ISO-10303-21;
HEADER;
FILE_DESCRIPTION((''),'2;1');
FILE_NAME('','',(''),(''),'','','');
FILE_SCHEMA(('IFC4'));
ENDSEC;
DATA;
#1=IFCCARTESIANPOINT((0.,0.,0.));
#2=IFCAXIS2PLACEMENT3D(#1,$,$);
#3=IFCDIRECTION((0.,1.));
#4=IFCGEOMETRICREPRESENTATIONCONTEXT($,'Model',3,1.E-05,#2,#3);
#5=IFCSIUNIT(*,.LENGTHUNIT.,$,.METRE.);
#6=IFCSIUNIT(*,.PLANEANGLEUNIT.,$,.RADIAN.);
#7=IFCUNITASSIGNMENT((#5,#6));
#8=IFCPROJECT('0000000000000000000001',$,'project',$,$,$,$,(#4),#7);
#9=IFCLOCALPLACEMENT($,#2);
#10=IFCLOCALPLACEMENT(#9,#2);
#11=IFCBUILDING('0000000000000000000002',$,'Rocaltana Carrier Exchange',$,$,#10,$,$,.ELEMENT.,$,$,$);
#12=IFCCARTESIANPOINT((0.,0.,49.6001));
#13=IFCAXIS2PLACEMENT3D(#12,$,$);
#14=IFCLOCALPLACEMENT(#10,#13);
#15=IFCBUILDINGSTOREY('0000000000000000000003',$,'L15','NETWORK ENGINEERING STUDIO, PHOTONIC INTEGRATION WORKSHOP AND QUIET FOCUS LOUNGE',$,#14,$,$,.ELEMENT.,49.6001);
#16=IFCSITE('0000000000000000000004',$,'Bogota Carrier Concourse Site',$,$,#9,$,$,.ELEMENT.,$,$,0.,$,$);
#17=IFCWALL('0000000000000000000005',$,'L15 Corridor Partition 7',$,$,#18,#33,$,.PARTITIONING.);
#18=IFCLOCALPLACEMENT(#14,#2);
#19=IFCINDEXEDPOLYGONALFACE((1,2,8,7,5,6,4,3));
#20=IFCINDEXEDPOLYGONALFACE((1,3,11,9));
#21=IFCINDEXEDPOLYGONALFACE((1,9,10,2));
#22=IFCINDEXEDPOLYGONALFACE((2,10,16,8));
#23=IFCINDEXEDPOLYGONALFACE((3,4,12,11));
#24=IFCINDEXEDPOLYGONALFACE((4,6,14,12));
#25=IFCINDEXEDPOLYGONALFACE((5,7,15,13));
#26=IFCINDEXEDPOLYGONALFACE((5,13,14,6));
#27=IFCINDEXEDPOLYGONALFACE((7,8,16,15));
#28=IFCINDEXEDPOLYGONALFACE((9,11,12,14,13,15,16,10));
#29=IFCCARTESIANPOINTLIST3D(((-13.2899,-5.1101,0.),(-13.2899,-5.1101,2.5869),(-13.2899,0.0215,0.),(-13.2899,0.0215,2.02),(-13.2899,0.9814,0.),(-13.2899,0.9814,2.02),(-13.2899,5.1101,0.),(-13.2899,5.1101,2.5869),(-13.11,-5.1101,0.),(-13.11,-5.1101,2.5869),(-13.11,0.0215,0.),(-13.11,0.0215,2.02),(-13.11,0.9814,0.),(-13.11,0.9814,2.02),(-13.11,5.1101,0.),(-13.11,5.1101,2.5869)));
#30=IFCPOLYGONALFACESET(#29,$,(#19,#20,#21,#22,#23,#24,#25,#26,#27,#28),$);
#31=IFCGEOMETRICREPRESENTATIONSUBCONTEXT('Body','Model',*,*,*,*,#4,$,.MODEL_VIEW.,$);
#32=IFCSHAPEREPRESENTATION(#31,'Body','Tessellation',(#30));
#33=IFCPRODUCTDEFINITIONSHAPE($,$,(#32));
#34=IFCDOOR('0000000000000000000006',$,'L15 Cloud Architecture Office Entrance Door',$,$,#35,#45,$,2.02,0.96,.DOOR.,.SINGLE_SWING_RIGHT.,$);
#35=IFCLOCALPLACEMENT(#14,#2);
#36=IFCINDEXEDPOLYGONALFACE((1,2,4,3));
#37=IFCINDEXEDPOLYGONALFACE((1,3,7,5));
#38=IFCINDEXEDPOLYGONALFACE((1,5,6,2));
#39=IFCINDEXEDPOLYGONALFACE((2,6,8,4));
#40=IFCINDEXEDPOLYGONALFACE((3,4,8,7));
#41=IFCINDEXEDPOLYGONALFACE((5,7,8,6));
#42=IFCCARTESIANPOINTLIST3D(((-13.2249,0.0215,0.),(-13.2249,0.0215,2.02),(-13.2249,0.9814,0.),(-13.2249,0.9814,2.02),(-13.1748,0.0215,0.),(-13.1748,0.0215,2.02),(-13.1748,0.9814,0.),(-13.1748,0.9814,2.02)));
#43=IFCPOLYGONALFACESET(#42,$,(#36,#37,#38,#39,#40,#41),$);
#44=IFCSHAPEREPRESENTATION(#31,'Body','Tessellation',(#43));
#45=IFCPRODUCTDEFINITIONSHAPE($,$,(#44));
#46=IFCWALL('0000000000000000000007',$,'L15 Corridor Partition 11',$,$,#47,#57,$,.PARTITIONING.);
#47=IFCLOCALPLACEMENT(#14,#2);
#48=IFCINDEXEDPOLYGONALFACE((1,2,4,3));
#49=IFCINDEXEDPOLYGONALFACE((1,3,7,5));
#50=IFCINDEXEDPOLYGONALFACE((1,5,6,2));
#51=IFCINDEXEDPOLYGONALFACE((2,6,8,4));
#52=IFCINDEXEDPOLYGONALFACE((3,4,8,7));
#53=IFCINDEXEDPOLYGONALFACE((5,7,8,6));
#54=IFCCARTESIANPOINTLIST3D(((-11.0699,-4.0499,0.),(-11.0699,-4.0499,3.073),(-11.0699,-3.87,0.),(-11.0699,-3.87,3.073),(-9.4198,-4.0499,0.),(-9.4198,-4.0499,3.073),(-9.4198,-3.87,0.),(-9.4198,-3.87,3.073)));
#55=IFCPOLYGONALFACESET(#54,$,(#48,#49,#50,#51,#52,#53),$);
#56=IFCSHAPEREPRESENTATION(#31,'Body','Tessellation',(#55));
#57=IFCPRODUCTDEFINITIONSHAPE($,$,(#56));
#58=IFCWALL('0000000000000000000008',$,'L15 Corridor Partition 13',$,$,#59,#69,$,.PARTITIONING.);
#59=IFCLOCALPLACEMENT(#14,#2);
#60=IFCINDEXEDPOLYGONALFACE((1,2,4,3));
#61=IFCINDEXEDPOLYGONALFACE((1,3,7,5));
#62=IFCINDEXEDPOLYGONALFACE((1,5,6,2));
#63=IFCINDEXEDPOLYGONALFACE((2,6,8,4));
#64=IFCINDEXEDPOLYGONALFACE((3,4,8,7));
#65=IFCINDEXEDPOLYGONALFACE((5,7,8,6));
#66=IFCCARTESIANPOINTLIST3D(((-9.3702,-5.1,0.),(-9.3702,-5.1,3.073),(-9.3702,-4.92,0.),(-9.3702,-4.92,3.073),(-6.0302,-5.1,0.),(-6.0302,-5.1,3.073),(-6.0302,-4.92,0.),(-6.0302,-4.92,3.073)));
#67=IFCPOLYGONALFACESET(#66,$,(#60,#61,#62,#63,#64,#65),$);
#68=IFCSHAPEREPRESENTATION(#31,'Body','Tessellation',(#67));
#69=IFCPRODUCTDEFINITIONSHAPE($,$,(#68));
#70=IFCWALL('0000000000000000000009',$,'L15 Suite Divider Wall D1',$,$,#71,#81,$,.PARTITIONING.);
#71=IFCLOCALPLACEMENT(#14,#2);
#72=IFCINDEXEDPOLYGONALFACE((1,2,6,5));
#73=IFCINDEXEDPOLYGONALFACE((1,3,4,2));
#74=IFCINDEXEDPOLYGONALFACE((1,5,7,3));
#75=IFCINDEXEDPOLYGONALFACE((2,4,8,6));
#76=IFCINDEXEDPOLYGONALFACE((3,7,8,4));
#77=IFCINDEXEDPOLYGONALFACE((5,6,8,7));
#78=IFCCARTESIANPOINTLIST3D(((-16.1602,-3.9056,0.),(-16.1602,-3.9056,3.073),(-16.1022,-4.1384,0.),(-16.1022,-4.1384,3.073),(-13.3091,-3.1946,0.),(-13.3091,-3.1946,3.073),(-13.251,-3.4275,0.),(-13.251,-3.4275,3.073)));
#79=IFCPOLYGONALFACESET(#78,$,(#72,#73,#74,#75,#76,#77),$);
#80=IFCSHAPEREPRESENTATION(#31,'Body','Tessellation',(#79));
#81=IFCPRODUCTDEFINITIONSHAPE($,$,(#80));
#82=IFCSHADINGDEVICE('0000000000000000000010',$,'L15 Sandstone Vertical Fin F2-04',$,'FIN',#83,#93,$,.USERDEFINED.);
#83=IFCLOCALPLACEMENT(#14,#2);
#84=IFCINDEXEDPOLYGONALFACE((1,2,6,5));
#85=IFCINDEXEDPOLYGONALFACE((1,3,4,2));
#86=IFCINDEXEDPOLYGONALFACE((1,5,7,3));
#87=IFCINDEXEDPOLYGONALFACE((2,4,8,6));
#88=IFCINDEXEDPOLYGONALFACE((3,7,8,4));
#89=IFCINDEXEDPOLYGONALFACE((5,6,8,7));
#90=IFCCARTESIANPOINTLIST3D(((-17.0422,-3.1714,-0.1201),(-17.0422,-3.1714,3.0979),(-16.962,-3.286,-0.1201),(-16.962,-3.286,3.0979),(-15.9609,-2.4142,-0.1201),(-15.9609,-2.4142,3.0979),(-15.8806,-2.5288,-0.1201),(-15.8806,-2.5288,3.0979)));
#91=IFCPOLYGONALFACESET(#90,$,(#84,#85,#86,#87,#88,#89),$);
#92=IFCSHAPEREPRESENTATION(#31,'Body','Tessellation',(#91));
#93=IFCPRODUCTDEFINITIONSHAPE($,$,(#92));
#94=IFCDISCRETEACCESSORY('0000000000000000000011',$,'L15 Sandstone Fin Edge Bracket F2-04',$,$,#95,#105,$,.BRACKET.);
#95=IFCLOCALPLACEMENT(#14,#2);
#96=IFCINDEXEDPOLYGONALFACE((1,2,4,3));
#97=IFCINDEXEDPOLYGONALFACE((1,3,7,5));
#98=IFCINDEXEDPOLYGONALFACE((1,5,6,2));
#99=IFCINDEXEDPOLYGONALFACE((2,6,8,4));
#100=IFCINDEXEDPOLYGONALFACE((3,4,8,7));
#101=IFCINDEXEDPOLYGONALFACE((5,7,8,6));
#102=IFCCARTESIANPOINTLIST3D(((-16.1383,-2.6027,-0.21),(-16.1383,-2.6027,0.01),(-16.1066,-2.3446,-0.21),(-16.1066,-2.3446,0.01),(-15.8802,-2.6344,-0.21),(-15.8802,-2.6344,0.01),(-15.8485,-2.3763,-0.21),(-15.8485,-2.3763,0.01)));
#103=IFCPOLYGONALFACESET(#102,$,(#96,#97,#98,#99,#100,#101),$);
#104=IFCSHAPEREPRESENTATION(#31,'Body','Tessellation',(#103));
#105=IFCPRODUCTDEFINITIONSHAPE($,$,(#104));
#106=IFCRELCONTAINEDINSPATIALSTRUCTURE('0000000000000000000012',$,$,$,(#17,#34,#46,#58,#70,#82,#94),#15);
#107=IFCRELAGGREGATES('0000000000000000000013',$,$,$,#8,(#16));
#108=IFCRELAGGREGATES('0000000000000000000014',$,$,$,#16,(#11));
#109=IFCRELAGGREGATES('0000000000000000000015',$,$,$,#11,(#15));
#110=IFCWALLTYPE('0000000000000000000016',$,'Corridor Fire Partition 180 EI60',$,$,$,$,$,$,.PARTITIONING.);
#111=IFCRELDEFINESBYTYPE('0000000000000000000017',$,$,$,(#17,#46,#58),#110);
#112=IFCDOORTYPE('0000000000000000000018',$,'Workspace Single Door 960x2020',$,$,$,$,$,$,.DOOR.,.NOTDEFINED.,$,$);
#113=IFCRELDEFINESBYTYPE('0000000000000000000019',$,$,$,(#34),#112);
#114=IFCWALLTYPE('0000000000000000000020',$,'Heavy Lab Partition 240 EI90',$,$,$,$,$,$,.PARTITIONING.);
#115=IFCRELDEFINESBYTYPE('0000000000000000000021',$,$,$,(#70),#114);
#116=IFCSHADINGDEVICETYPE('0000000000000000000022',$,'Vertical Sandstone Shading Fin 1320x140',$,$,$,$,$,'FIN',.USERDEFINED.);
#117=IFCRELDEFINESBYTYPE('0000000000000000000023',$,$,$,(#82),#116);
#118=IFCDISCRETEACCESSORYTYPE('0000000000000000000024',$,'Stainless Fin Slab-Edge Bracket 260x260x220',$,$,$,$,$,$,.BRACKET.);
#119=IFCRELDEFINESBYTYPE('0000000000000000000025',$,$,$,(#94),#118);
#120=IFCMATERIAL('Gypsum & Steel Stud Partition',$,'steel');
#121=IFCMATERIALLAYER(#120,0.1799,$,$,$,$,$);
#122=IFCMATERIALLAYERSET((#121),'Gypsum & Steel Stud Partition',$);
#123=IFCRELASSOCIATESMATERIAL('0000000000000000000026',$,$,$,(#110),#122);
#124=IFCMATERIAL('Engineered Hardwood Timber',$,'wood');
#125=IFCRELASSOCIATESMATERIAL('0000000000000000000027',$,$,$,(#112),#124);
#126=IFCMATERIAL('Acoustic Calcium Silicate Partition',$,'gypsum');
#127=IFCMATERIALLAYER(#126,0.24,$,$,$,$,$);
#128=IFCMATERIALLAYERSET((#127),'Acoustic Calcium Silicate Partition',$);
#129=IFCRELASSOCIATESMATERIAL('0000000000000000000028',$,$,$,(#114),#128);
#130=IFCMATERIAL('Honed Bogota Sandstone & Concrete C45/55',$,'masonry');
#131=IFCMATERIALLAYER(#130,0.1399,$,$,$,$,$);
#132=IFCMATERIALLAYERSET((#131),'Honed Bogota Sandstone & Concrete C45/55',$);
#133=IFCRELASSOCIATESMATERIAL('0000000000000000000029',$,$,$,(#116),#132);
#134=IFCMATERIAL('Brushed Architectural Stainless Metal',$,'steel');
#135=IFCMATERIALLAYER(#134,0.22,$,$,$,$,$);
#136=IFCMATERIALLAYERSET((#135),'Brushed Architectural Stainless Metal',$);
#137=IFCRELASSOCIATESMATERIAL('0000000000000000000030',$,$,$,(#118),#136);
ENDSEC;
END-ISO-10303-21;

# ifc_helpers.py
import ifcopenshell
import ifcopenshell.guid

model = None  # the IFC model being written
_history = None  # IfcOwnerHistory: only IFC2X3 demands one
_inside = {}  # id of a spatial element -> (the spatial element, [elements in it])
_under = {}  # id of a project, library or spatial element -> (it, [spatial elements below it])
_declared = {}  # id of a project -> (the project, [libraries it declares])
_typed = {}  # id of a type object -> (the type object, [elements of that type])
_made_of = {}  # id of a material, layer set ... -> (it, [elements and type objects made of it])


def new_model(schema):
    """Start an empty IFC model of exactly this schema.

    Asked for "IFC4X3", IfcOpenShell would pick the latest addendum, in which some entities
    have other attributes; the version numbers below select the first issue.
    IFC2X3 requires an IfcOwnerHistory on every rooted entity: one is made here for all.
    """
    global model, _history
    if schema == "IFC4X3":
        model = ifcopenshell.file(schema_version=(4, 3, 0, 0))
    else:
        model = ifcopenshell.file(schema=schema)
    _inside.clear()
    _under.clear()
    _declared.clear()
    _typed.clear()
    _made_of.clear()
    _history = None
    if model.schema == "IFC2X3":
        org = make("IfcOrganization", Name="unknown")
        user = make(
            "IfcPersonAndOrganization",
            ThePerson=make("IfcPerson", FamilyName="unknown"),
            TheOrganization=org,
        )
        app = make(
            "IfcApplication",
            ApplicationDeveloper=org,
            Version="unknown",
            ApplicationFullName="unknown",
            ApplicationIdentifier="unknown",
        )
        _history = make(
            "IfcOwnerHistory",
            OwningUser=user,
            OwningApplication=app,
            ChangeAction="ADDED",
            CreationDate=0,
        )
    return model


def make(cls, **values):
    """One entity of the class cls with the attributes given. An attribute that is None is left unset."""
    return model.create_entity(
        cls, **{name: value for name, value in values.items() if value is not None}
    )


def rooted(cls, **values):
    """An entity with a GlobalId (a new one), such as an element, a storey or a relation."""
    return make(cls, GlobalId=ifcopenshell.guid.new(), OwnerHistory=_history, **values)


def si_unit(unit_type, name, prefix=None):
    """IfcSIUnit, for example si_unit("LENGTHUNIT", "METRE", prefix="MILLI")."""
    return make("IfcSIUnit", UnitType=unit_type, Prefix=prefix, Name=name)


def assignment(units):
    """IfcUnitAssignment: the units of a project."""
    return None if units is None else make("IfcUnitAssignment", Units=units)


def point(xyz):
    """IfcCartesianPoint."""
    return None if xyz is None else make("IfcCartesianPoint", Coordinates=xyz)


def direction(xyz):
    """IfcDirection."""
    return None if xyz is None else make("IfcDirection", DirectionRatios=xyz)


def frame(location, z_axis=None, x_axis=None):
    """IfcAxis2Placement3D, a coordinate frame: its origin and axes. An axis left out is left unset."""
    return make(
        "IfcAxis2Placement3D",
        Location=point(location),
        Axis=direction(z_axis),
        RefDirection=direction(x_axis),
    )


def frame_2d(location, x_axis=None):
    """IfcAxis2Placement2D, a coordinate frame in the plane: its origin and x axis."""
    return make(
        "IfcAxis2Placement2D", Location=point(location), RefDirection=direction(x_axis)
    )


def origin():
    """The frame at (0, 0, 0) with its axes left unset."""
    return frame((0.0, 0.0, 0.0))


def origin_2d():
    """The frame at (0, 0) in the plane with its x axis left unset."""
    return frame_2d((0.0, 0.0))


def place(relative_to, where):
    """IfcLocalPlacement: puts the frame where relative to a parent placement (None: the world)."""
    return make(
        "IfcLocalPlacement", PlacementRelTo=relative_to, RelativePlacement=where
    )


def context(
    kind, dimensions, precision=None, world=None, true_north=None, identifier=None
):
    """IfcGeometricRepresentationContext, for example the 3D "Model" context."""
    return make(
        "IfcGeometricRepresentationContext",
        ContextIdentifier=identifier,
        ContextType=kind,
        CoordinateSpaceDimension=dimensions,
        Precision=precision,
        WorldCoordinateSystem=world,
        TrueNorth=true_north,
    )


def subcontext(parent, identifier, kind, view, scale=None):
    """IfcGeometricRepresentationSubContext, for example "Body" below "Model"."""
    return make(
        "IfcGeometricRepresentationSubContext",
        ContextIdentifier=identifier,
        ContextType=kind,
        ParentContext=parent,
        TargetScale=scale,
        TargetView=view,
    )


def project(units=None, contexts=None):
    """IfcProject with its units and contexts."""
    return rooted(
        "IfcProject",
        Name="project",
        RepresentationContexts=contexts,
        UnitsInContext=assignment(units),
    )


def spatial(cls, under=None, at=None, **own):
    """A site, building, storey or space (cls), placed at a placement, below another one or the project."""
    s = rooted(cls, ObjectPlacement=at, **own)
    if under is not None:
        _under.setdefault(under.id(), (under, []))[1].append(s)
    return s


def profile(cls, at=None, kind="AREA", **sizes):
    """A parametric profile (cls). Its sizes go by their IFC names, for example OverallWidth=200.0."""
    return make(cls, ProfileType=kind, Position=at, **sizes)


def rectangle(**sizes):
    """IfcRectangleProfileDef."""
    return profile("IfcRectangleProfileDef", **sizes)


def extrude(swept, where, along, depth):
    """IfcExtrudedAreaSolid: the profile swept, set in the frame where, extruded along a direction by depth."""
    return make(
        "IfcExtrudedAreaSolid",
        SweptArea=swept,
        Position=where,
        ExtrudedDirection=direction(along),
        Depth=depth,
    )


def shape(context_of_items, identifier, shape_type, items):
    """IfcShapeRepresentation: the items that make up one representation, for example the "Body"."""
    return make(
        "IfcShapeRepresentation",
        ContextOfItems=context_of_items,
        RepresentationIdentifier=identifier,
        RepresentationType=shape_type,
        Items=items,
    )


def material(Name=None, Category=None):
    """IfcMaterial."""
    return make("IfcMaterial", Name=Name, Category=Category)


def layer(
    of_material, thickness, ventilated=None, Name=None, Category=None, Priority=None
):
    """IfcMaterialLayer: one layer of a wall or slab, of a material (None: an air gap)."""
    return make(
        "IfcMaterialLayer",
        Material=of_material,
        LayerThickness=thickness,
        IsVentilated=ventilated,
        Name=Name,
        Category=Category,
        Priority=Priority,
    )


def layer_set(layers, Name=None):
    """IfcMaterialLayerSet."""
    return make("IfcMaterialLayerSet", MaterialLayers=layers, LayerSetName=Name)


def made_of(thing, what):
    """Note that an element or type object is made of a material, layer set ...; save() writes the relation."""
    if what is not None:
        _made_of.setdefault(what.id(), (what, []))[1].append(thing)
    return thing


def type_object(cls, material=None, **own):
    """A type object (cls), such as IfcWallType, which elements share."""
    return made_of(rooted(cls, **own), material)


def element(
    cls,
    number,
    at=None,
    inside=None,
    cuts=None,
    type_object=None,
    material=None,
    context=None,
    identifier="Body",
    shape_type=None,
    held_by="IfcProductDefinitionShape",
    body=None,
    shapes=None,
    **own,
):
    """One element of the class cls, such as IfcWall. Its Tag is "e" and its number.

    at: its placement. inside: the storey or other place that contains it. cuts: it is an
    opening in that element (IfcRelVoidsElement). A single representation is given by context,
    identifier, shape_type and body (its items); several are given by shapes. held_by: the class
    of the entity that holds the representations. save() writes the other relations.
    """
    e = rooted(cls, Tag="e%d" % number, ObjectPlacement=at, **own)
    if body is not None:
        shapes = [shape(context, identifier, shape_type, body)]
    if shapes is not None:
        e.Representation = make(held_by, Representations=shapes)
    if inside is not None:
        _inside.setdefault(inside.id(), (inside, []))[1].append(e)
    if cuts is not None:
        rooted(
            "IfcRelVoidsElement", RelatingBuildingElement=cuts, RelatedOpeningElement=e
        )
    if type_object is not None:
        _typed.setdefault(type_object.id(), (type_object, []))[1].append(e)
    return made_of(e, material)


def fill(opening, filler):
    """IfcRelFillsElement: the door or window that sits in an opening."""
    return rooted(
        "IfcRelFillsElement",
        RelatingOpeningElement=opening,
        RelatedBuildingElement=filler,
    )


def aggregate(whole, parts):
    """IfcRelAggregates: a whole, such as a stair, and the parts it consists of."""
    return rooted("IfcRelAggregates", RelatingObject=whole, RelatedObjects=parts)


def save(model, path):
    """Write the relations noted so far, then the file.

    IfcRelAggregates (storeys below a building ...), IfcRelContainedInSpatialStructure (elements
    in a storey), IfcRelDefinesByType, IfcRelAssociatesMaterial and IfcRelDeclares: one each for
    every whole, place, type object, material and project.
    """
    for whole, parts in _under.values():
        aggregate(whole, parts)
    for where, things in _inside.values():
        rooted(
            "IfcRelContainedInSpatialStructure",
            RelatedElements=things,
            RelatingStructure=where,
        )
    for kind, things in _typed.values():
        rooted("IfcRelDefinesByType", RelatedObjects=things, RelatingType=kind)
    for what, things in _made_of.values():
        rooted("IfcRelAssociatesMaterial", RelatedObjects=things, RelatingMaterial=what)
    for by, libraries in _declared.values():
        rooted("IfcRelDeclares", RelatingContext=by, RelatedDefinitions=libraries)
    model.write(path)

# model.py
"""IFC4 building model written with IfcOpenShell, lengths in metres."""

from ifc_helpers import new_model, si_unit, direction, frame, frame_2d, origin, origin_2d, place, context, subcontext, project, spatial, rectangle, extrude, material, layer, layer_set, type_object, element, fill, save


model = new_model("IFC4")

# Units and contexts
model_context = context("Model", 3, precision=1e-05, world=origin(), true_north=direction((0.0, 1.0)))
body_context = subcontext(model_context, "Body", "Model", "MODEL_VIEW")
ifc_project = project(units=[si_unit("LENGTHUNIT", "METRE"), si_unit("PLANEANGLEUNIT", "RADIAN")], contexts=[model_context])

# Site, building, storey
site_placement = place(None, origin())
site = spatial("IfcSite", under=ifc_project, at=site_placement, Name="Bogota Carrier Concourse Site", CompositionType="ELEMENT", RefElevation=0.0)
building_placement = place(site_placement, origin())
building = spatial("IfcBuilding", under=site, at=building_placement, Name="Rocaltana Carrier Exchange", CompositionType="ELEMENT")
storey_placement = place(building_placement, frame((0.0, 0.0, 49.6001)))
storey = spatial("IfcBuildingStorey", under=building, at=storey_placement, Name="L15", Description="NETWORK ENGINEERING STUDIO, PHOTONIC INTEGRATION WORKSHOP AND QUIET FOCUS LOUNGE", CompositionType="ELEMENT", Elevation=49.6001)

# Wall, opening, door
ifc_material_1 = material(Name="Gypsum & Steel Stud Partition", Category="steel")
ifc_layer_1 = layer(ifc_material_1, 0.1799)
ifc_layer_set_1 = layer_set([ifc_layer_1], Name="Gypsum & Steel Stud Partition")
wall_type_1 = type_object("IfcWallType", Name="Corridor Fire Partition 180 EI60", PredefinedType="PARTITIONING", material=ifc_layer_set_1)
wall_1_placement = place(storey_placement, frame((-13.2, -5.1101, 0.0), z_axis=(0.0, 0.0, 1.0), x_axis=(0.0, 1.0, 0.0)))
wall_1 = element("IfcWall", 1, at=wall_1_placement, inside=storey, type_object=wall_type_1, Name="L15 Corridor Partition 7", PredefinedType="PARTITIONING", context=body_context, shape_type="SweptSolid", body=[
    extrude(rectangle(XDim=10.2202, YDim=0.1799, at=frame_2d((5.1101, 0.0))), origin(), (0.0, 0.0, 1.0), 2.5869),
])
opening_placement = place(wall_1_placement, frame((5.1316, 0.0, 0.0)))
opening = element("IfcOpeningElement", 2, at=opening_placement, cuts=wall_1, PredefinedType="OPENING", context=body_context, shape_type="SweptSolid", body=[
    extrude(rectangle(XDim=0.96, YDim=2.02, at=frame_2d((0.48, 1.01))), frame((0.0, 0.0999, 0.0), z_axis=(0.0, -1.0, 0.0), x_axis=(1.0, 0.0, 0.0)), (0.0, 0.0, 1.0), 0.2),
])
ifc_material_2 = material(Name="Engineered Hardwood Timber", Category="wood")
door_type = type_object("IfcDoorType", Name="Workspace Single Door 960x2020", OperationType="NOTDEFINED", PredefinedType="DOOR", material=ifc_material_2)
door_placement = place(opening_placement, origin())
door = element("IfcDoor", 3, at=door_placement, inside=storey, type_object=door_type, Name="L15 Cloud Architecture Office Entrance Door", OperationType="SINGLE_SWING_RIGHT", OverallHeight=2.02, OverallWidth=0.96, PredefinedType="DOOR", context=body_context, shape_type="SweptSolid", body=[
    extrude(rectangle(XDim=0.96, YDim=2.02, at=frame_2d((0.48, 1.01))), frame((0.0, 0.0249, 0.0), z_axis=(0.0, -1.0, 0.0), x_axis=(1.0, 0.0, 0.0)), (0.0, 0.0, 1.0), 0.05),
])
fill(opening, door)

# Walls
wall_2_placement = place(storey_placement, frame((-11.0701, -3.96, 0.0), z_axis=(0.0, 0.0, 1.0), x_axis=(1.0, 0.0, 0.0)))
element("IfcWall", 4, at=wall_2_placement, inside=storey, type_object=wall_type_1, Name="L15 Corridor Partition 11", PredefinedType="PARTITIONING", context=body_context, shape_type="SweptSolid", body=[
    extrude(rectangle(XDim=1.6501, YDim=0.1799, at=frame_2d((0.8252, 0.0))), origin(), (0.0, 0.0, 1.0), 3.073),
])
wall_3_placement = place(storey_placement, frame((-9.3701, -5.01, 0.0), z_axis=(0.0, 0.0, 1.0), x_axis=(1.0, 0.0, 0.0)))
element("IfcWall", 5, at=wall_3_placement, inside=storey, type_object=wall_type_1, Name="L15 Corridor Partition 13", PredefinedType="PARTITIONING", context=body_context, shape_type="SweptSolid", body=[
    extrude(rectangle(XDim=3.3401, YDim=0.1799, at=frame_2d((1.6699, 0.0))), origin(), (0.0, 0.0, 1.0), 3.073),
])
ifc_material_3 = material(Name="Acoustic Calcium Silicate Partition", Category="gypsum")
ifc_layer_2 = layer(ifc_material_3, 0.24)
ifc_layer_set_2 = layer_set([ifc_layer_2], Name="Acoustic Calcium Silicate Partition")
wall_type_2 = type_object("IfcWallType", Name="Heavy Lab Partition 240 EI90", PredefinedType="PARTITIONING", material=ifc_layer_set_2)
wall_4_placement = place(storey_placement, frame((-13.28, -3.311, 0.0), z_axis=(0.0, 0.0, 1.0), x_axis=(-0.970289, -0.241949, 0.0)))
element("IfcWall", 6, at=wall_4_placement, inside=storey, type_object=wall_type_2, Name="L15 Suite Divider Wall D1", PredefinedType="PARTITIONING", context=body_context, shape_type="SweptSolid", body=[
    extrude(rectangle(XDim=2.9385, YDim=0.24, at=frame_2d((1.4692, 0.0))), origin(), (0.0, 0.0, 1.0), 3.073),
])

# Shading device
ifc_material_4 = material(Name="Honed Bogota Sandstone & Concrete C45/55", Category="masonry")
ifc_layer_3 = layer(ifc_material_4, 0.1399)
ifc_layer_set_3 = layer_set([ifc_layer_3], Name="Honed Bogota Sandstone & Concrete C45/55")
shading_device_type = type_object("IfcShadingDeviceType", Name="Vertical Sandstone Shading Fin 1320x140", ElementType="FIN", PredefinedType="USERDEFINED", material=ifc_layer_set_3)
shading_device_placement = place(storey_placement, frame((-16.4614, -2.8501, -0.1201), z_axis=(0.0, 0.0, 1.0), x_axis=(-0.819152, -0.573576, 0.0)))
element("IfcShadingDevice", 7, at=shading_device_placement, inside=storey, type_object=shading_device_type, Name="L15 Sandstone Vertical Fin F2-04", ObjectType="FIN", PredefinedType="USERDEFINED", context=body_context, shape_type="SweptSolid", body=[
    extrude(rectangle(XDim=1.3201, YDim=0.1399, at=origin_2d()), origin(), (0.0, 0.0, 1.0), 3.218),
])

# Discrete accessory
ifc_material_5 = material(Name="Brushed Architectural Stainless Metal", Category="steel")
ifc_layer_4 = layer(ifc_material_5, 0.22)
ifc_layer_set_4 = layer_set([ifc_layer_4], Name="Brushed Architectural Stainless Metal")
discrete_accessory_type = type_object("IfcDiscreteAccessoryType", Name="Stainless Fin Slab-Edge Bracket 260x260x220", PredefinedType="BRACKET", material=ifc_layer_set_4)
discrete_accessory_placement = place(storey_placement, frame((-15.9934, -2.4895, -0.21), z_axis=(0.0, 0.0, 1.0), x_axis=(-0.121869, -0.992546, 0.0)))
element("IfcDiscreteAccessory", 8, at=discrete_accessory_placement, inside=storey, type_object=discrete_accessory_type, Name="L15 Sandstone Fin Edge Bracket F2-04", PredefinedType="BRACKET", context=body_context, shape_type="SweptSolid", body=[
    extrude(rectangle(XDim=0.26, YDim=0.26, at=origin_2d()), origin(), (0.0, 0.0, 1.0), 0.22),
])

save(model, "model.ifc")
